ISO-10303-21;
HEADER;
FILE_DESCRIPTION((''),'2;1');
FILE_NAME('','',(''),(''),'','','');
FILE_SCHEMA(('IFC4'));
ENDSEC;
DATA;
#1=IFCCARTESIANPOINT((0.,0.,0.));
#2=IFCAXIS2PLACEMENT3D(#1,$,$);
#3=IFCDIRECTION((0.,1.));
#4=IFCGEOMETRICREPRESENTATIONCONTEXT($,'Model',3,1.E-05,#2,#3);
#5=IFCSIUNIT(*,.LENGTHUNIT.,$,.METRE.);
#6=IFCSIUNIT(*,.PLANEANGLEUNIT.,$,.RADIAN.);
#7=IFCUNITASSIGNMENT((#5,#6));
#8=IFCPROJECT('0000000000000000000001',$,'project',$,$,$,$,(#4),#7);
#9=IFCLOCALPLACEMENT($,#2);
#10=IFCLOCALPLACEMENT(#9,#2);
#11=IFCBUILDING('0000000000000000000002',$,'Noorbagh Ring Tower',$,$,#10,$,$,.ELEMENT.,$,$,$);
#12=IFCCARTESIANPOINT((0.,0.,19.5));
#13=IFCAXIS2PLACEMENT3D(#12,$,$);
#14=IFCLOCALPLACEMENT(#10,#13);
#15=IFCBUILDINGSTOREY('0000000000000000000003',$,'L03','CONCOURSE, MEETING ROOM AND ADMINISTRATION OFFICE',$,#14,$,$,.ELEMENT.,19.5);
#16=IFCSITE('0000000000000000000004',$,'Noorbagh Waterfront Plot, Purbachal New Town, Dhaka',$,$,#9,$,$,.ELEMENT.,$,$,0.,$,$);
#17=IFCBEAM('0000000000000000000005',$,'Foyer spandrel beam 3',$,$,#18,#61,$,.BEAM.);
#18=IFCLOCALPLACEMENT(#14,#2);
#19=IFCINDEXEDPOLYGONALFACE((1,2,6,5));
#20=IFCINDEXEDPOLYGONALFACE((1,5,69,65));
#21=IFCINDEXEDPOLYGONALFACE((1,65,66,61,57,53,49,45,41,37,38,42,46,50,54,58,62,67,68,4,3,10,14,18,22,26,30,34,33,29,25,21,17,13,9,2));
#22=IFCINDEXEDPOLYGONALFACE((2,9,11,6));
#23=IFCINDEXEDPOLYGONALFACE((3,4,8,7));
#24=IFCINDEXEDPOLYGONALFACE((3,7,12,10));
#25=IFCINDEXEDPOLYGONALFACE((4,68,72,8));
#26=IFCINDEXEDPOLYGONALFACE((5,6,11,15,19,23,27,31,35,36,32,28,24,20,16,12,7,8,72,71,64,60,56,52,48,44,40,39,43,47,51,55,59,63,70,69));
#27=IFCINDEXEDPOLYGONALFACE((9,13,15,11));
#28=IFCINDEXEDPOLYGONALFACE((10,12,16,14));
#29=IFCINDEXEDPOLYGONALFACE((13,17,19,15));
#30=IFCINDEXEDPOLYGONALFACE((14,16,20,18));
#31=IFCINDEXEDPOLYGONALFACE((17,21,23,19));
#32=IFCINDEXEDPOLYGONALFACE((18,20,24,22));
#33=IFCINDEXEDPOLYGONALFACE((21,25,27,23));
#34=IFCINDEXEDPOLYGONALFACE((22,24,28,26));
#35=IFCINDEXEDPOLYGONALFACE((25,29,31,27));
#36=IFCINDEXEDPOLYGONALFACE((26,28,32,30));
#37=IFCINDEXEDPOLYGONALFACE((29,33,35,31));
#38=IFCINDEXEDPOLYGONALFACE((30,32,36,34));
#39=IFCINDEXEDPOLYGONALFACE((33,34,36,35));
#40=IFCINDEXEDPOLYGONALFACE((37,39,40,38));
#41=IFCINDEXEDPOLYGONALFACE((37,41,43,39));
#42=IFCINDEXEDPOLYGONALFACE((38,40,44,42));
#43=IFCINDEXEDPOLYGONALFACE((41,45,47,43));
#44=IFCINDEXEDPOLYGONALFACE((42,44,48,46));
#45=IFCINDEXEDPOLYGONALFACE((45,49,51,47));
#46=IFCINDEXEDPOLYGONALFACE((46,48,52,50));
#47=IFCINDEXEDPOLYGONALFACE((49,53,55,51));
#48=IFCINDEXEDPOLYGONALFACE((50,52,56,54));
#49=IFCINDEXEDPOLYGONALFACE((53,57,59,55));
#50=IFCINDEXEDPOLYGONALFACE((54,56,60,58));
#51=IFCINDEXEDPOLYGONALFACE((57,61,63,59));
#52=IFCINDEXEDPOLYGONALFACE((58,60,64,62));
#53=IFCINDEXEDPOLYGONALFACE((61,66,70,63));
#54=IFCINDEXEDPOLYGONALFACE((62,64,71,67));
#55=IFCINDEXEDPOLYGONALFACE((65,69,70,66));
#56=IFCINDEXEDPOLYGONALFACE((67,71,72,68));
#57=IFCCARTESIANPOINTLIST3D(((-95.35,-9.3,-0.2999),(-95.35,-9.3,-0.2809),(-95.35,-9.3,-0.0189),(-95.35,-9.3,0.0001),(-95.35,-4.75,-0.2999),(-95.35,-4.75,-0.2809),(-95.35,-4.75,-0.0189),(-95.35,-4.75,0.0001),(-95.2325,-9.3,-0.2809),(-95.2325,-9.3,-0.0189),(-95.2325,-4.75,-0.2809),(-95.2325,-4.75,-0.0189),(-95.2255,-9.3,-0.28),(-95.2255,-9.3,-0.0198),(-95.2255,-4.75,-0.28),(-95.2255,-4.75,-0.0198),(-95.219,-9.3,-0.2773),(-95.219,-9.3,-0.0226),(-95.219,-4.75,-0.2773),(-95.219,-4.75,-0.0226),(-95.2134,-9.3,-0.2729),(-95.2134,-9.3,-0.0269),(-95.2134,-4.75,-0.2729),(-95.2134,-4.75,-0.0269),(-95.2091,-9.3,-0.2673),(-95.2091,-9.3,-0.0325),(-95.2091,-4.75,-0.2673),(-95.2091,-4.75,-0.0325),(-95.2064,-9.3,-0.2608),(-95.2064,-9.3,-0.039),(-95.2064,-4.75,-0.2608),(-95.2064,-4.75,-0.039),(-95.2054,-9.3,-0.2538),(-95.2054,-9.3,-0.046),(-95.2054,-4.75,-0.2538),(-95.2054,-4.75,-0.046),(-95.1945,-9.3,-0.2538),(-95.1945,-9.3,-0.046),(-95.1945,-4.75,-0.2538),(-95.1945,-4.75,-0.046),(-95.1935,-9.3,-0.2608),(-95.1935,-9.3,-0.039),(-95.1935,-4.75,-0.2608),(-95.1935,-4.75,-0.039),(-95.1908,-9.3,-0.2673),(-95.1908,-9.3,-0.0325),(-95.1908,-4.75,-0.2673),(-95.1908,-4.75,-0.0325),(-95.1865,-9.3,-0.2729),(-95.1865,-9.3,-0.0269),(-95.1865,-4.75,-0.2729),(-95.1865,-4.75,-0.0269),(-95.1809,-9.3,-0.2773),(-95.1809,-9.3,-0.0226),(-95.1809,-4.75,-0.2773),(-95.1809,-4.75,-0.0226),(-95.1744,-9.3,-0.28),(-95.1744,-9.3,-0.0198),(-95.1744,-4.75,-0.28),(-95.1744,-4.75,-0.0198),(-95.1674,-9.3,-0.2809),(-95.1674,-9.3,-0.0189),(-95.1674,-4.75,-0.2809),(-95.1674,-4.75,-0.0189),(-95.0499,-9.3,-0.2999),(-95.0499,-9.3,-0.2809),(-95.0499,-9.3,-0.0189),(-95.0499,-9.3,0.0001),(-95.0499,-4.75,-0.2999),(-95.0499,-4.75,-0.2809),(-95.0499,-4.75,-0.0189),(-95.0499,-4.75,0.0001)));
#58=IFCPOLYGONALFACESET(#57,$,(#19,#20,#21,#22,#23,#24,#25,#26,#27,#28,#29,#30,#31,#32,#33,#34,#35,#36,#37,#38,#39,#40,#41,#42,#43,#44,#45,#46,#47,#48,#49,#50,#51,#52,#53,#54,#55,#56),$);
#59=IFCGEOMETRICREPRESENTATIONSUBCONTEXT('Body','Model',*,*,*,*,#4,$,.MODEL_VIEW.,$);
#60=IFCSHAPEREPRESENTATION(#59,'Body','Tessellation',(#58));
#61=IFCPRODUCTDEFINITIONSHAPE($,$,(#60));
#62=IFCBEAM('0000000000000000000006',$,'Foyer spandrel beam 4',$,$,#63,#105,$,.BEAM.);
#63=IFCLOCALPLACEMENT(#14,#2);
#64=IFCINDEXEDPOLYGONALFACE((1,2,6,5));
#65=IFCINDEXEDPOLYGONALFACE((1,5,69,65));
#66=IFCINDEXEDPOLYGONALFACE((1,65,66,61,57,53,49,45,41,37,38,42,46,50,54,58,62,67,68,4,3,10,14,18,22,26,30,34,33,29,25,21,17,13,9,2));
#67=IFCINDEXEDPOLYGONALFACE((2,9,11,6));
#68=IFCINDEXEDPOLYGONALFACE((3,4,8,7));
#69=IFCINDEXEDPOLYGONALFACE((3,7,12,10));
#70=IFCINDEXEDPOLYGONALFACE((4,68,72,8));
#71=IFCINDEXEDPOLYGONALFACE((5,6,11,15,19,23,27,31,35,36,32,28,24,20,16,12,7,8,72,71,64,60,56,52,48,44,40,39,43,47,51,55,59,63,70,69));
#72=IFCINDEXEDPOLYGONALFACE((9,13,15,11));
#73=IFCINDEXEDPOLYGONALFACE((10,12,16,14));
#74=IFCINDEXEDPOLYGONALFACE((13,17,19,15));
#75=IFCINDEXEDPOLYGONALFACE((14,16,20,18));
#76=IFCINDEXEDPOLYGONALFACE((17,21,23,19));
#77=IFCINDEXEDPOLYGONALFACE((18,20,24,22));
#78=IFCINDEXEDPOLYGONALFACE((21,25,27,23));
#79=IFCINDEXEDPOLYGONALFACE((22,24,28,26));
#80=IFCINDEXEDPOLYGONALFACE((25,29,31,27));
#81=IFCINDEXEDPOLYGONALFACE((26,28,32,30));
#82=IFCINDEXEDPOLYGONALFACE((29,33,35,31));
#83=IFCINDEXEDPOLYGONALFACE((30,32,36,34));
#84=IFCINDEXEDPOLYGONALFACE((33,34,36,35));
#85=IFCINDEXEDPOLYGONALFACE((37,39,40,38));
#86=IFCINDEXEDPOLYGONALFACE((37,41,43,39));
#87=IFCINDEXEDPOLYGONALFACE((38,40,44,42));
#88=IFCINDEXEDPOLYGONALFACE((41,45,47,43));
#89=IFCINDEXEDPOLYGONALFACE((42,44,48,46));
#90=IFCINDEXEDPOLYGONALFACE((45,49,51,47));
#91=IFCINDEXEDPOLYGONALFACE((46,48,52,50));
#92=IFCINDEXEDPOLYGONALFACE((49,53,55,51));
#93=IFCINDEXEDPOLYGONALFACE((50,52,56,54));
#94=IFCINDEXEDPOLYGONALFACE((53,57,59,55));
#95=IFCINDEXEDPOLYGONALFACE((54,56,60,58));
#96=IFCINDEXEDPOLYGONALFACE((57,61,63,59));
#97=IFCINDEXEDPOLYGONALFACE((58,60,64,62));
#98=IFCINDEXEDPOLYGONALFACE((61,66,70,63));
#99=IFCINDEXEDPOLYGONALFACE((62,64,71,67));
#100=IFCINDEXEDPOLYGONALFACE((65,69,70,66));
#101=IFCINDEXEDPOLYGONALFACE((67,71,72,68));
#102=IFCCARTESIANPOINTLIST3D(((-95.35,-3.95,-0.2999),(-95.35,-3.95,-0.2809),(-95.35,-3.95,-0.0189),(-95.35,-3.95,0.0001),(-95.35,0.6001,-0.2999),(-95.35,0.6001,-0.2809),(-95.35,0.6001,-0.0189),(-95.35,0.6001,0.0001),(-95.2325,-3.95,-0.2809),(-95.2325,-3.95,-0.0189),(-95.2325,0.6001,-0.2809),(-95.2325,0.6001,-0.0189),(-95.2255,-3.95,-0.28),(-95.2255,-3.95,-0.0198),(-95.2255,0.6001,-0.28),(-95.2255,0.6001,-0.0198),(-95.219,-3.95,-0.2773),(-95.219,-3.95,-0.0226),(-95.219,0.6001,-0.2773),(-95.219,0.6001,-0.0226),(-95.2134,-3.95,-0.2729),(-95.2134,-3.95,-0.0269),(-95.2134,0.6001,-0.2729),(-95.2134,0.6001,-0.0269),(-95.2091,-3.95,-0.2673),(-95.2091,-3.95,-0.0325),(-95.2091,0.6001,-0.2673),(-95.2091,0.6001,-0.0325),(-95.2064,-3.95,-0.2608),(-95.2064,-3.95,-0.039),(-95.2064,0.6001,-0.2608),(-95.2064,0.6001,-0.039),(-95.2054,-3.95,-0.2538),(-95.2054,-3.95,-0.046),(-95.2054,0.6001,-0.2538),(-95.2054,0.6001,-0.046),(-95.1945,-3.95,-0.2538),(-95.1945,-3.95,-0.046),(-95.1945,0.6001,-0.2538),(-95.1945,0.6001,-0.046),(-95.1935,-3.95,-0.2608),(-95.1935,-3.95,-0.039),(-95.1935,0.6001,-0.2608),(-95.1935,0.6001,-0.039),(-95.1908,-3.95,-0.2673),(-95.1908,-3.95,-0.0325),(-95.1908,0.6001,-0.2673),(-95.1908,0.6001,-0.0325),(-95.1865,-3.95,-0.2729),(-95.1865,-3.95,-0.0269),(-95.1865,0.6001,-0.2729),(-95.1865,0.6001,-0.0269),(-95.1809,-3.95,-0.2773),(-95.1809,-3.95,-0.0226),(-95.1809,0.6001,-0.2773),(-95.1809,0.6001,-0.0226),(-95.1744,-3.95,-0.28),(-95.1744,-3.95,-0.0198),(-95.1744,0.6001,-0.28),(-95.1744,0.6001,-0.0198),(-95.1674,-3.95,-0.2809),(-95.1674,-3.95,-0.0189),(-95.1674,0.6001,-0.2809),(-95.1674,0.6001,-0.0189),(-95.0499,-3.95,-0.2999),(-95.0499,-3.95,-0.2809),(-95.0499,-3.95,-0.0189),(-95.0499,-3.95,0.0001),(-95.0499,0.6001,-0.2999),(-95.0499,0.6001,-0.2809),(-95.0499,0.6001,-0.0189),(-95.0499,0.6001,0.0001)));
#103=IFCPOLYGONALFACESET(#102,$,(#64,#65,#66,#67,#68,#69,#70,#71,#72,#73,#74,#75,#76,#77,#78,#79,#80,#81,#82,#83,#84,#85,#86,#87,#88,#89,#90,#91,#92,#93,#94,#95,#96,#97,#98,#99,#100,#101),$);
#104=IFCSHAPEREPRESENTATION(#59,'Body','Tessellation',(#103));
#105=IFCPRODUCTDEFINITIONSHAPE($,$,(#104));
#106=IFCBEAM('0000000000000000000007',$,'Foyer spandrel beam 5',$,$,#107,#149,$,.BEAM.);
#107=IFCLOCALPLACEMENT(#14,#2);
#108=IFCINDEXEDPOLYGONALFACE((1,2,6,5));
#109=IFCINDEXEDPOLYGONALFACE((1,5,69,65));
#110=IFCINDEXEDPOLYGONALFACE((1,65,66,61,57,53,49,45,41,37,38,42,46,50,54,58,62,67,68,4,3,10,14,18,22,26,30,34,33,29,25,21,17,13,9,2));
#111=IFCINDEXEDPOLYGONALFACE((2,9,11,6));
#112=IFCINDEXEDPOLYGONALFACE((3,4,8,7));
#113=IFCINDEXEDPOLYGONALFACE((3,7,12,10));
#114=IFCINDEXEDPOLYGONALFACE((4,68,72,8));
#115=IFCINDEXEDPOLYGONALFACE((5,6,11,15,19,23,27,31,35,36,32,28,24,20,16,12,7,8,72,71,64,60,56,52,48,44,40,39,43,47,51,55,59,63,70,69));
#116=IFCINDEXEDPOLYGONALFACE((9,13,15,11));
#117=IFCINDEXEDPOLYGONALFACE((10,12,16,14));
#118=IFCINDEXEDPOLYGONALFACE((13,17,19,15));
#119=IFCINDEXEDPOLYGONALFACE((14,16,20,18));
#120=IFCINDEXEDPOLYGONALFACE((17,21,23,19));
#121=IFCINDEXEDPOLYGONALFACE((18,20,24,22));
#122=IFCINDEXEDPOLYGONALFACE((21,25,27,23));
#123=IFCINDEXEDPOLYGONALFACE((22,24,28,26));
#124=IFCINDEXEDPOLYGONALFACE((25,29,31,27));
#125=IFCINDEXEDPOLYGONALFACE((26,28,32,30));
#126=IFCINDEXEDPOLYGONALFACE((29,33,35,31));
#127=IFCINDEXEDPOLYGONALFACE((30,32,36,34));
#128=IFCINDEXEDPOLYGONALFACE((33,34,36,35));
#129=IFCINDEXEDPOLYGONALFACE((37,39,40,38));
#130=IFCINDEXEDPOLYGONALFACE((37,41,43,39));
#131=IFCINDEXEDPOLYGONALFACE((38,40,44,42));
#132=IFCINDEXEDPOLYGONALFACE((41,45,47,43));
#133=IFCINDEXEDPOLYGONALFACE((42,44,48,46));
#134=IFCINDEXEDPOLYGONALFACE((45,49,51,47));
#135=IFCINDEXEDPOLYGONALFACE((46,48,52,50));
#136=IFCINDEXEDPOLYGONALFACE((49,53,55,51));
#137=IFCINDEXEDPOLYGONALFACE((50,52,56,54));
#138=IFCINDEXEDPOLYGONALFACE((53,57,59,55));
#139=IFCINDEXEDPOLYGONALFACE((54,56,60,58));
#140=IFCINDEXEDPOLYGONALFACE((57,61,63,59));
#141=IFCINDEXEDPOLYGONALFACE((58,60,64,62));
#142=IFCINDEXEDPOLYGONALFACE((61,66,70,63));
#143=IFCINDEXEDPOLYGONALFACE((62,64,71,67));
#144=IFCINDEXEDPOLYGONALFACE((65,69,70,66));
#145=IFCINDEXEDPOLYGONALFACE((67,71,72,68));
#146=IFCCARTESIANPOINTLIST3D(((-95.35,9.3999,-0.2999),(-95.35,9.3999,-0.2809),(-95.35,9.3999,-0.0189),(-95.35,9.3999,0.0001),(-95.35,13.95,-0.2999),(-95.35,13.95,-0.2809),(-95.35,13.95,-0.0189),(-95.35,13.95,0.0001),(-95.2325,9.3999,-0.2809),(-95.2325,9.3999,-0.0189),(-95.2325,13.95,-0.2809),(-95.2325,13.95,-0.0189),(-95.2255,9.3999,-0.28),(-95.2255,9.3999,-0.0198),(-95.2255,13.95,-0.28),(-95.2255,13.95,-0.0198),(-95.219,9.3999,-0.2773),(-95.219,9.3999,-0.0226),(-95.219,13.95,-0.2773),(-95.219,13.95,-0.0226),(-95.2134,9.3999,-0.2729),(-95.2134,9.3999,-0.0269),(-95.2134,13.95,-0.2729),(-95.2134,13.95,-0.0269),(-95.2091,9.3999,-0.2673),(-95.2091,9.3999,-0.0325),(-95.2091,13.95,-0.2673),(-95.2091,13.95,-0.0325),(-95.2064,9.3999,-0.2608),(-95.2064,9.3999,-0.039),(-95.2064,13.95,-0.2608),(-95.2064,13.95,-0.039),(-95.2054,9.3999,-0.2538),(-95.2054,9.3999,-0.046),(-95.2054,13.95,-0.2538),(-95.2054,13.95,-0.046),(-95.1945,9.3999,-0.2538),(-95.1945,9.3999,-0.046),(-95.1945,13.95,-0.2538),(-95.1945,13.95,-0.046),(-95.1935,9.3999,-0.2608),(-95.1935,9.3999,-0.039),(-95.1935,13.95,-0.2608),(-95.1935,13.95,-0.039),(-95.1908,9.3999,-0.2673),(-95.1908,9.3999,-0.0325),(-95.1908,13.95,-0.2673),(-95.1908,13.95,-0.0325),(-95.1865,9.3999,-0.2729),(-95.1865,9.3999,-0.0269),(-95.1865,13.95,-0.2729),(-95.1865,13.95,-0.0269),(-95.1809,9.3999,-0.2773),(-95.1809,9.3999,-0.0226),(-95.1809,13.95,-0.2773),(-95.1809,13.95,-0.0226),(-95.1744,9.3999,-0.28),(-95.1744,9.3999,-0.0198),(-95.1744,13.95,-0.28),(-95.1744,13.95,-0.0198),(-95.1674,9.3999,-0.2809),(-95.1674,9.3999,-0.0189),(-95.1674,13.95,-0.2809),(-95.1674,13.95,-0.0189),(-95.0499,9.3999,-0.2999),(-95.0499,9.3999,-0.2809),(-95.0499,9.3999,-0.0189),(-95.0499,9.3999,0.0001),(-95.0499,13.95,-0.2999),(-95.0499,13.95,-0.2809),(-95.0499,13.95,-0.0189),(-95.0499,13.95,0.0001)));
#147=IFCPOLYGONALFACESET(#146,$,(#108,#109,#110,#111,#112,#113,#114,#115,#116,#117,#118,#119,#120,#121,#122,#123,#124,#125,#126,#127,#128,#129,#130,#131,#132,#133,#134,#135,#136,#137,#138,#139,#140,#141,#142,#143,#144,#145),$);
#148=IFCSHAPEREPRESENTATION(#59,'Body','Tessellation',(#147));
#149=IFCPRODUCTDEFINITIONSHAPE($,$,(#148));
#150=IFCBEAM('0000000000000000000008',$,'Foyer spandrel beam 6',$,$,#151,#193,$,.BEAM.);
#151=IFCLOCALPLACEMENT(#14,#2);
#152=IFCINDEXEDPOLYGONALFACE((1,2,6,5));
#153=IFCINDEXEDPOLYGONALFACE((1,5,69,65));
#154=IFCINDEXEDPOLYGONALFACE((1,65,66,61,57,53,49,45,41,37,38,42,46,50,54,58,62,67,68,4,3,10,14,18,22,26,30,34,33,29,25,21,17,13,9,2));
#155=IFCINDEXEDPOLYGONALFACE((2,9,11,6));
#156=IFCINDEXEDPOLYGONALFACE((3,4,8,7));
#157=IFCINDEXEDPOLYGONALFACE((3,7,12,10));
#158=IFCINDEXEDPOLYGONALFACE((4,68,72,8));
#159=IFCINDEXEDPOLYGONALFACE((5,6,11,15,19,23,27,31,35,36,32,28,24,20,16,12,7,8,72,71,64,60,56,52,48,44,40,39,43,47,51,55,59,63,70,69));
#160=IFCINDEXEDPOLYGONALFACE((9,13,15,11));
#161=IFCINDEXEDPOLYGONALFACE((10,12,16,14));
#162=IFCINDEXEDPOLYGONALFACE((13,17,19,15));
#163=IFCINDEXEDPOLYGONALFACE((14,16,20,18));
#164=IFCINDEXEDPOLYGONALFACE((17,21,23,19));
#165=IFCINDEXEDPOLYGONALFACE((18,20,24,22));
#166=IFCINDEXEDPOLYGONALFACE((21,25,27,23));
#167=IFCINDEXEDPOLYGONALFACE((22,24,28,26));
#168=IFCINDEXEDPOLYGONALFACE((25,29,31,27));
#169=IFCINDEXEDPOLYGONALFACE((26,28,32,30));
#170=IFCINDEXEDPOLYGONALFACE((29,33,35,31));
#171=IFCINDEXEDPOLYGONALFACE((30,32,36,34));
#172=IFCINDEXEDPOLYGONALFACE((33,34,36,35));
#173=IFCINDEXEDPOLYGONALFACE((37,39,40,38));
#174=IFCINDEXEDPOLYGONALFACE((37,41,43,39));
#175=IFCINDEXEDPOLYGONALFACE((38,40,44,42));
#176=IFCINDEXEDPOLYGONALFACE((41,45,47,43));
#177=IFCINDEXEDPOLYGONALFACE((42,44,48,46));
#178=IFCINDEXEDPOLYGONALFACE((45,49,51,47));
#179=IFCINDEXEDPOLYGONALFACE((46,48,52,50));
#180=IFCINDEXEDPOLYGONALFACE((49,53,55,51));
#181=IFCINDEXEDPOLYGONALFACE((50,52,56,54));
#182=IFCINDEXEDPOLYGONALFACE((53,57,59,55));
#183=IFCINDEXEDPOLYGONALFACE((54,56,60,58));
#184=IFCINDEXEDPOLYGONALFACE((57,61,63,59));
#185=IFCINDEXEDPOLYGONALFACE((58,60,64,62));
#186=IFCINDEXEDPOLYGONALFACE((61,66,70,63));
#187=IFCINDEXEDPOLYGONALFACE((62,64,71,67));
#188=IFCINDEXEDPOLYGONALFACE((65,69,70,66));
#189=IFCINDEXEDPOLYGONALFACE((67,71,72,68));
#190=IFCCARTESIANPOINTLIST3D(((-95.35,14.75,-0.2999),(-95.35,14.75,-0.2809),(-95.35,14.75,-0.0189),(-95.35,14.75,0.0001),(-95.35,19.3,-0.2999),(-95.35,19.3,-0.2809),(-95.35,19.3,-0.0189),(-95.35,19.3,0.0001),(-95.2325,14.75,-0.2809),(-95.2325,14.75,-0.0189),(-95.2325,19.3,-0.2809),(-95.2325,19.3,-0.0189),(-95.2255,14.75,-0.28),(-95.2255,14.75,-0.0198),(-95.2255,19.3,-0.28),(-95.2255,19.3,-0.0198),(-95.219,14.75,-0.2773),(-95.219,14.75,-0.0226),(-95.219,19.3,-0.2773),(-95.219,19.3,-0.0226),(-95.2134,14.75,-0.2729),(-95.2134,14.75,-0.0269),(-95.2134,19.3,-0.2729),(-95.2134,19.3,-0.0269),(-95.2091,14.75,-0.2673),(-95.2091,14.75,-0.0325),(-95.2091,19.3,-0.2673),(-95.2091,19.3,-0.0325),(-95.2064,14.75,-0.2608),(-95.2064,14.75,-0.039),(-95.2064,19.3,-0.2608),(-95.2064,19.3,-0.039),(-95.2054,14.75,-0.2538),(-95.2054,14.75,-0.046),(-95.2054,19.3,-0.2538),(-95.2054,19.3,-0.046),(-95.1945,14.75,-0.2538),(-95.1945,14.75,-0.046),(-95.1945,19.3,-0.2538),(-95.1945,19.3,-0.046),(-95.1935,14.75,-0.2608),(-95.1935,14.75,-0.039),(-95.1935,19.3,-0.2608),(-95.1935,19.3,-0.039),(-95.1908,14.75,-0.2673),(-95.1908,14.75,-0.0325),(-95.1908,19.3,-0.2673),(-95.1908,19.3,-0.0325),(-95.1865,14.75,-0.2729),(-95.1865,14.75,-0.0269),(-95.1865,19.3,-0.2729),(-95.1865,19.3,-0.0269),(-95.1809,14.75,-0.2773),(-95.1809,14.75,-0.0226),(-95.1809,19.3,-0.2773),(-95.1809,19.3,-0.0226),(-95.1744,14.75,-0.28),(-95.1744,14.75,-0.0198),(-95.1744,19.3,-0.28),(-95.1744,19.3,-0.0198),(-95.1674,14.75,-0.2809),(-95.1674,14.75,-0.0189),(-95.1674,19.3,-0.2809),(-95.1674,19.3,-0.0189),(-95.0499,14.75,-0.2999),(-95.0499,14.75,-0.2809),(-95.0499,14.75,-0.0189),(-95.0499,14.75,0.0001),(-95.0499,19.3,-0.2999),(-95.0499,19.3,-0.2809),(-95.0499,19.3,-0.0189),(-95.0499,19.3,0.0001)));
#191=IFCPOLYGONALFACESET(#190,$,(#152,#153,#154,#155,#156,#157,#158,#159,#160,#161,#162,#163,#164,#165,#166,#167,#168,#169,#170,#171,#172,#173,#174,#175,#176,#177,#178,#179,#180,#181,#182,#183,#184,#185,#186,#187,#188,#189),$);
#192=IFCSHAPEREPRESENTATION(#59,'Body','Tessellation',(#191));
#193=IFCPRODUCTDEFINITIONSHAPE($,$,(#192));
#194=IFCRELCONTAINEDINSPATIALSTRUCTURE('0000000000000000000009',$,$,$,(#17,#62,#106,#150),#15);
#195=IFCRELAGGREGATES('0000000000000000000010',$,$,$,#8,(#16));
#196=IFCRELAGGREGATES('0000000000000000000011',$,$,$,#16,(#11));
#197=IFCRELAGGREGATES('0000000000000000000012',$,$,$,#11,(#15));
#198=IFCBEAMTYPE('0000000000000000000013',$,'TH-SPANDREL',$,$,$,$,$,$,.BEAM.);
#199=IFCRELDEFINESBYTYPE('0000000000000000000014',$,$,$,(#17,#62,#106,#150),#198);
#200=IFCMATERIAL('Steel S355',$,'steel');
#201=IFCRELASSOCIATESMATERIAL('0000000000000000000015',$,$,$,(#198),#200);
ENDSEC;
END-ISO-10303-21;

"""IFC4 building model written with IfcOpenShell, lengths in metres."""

from ifc_helpers import new_model, si_unit, direction, frame, origin, origin_2d, place, context, subcontext, project, spatial, i_section, extrude, material, material_profile, profile_set, type_object, element, save


model = new_model("IFC4")

# Units and contexts
model_context = context("Model", 3, precision=1e-05, world=origin(), true_north=direction((0.0, 1.0)))
body_context = subcontext(model_context, "Body", "Model", "MODEL_VIEW")
ifc_project = project(units=[si_unit("LENGTHUNIT", "METRE"), si_unit("PLANEANGLEUNIT", "RADIAN")], contexts=[model_context])

# Site, building, storey
site_placement = place(None, origin())
site = spatial("IfcSite", under=ifc_project, at=site_placement, Name="Noorbagh Waterfront Plot, Purbachal New Town, Dhaka", CompositionType="ELEMENT", RefElevation=0.0)
building_placement = place(site_placement, origin())
building = spatial("IfcBuilding", under=site, at=building_placement, Name="Noorbagh Ring Tower", CompositionType="ELEMENT")
storey_placement = place(building_placement, frame((0.0, 0.0, 19.5)))
storey = spatial("IfcBuildingStorey", under=building, at=storey_placement, Name="L03", Description="CONCOURSE, MEETING ROOM AND ADMINISTRATION OFFICE", CompositionType="ELEMENT", Elevation=19.5)

# Beams
ifc_material_1 = material(Name="Steel S355", Category="steel")
ifc_material_profile_1 = material_profile(ifc_material_1, i_section(OverallWidth=0.3, OverallDepth=0.3, WebThickness=0.011, FlangeThickness=0.019, FilletRadius=0.0271, at=origin_2d()), Name="HEB300")
ifc_profile_set_1 = profile_set([ifc_material_profile_1], Name="Steel S355")
beam_type = type_object("IfcBeamType", Name="TH-SPANDREL", PredefinedType="BEAM", material=ifc_profile_set_1)
for number, where, z_axis, x_axis, name in (
    (1, (-95.2, -9.3, -0.1499), (0.0, 1.0, 0.0), (-1.0, 0.0, 0.0), "Foyer spandrel beam 3"),
    (2, (-95.2, -3.95, -0.1499), (0.0, 1.0, 0.0), (-1.0, 0.0, 0.0), "Foyer spandrel beam 4"),
    (3, (-95.2, 9.3999, -0.1499), (0.0, 1.0, 0.0), (-1.0, 0.0, 0.0), "Foyer spandrel beam 5"),
    (4, (-95.2, 14.75, -0.1499), (0.0, 1.0, 0.0), (-1.0, 0.0, 0.0), "Foyer spandrel beam 6"),
):
    element("IfcBeam", number, at=place(storey_placement, frame(where, z_axis=z_axis, x_axis=x_axis)), inside=storey, type_object=beam_type, Name=name, PredefinedType="BEAM", context=body_context, shape_type="SweptSolid", body=[
        extrude(i_section(OverallWidth=0.3, OverallDepth=0.3, WebThickness=0.011, FlangeThickness=0.019, FilletRadius=0.0271, at=origin_2d()), origin(), (0.0, 0.0, 1.0), 4.55),
    ])

save(model, "model.ifc")
